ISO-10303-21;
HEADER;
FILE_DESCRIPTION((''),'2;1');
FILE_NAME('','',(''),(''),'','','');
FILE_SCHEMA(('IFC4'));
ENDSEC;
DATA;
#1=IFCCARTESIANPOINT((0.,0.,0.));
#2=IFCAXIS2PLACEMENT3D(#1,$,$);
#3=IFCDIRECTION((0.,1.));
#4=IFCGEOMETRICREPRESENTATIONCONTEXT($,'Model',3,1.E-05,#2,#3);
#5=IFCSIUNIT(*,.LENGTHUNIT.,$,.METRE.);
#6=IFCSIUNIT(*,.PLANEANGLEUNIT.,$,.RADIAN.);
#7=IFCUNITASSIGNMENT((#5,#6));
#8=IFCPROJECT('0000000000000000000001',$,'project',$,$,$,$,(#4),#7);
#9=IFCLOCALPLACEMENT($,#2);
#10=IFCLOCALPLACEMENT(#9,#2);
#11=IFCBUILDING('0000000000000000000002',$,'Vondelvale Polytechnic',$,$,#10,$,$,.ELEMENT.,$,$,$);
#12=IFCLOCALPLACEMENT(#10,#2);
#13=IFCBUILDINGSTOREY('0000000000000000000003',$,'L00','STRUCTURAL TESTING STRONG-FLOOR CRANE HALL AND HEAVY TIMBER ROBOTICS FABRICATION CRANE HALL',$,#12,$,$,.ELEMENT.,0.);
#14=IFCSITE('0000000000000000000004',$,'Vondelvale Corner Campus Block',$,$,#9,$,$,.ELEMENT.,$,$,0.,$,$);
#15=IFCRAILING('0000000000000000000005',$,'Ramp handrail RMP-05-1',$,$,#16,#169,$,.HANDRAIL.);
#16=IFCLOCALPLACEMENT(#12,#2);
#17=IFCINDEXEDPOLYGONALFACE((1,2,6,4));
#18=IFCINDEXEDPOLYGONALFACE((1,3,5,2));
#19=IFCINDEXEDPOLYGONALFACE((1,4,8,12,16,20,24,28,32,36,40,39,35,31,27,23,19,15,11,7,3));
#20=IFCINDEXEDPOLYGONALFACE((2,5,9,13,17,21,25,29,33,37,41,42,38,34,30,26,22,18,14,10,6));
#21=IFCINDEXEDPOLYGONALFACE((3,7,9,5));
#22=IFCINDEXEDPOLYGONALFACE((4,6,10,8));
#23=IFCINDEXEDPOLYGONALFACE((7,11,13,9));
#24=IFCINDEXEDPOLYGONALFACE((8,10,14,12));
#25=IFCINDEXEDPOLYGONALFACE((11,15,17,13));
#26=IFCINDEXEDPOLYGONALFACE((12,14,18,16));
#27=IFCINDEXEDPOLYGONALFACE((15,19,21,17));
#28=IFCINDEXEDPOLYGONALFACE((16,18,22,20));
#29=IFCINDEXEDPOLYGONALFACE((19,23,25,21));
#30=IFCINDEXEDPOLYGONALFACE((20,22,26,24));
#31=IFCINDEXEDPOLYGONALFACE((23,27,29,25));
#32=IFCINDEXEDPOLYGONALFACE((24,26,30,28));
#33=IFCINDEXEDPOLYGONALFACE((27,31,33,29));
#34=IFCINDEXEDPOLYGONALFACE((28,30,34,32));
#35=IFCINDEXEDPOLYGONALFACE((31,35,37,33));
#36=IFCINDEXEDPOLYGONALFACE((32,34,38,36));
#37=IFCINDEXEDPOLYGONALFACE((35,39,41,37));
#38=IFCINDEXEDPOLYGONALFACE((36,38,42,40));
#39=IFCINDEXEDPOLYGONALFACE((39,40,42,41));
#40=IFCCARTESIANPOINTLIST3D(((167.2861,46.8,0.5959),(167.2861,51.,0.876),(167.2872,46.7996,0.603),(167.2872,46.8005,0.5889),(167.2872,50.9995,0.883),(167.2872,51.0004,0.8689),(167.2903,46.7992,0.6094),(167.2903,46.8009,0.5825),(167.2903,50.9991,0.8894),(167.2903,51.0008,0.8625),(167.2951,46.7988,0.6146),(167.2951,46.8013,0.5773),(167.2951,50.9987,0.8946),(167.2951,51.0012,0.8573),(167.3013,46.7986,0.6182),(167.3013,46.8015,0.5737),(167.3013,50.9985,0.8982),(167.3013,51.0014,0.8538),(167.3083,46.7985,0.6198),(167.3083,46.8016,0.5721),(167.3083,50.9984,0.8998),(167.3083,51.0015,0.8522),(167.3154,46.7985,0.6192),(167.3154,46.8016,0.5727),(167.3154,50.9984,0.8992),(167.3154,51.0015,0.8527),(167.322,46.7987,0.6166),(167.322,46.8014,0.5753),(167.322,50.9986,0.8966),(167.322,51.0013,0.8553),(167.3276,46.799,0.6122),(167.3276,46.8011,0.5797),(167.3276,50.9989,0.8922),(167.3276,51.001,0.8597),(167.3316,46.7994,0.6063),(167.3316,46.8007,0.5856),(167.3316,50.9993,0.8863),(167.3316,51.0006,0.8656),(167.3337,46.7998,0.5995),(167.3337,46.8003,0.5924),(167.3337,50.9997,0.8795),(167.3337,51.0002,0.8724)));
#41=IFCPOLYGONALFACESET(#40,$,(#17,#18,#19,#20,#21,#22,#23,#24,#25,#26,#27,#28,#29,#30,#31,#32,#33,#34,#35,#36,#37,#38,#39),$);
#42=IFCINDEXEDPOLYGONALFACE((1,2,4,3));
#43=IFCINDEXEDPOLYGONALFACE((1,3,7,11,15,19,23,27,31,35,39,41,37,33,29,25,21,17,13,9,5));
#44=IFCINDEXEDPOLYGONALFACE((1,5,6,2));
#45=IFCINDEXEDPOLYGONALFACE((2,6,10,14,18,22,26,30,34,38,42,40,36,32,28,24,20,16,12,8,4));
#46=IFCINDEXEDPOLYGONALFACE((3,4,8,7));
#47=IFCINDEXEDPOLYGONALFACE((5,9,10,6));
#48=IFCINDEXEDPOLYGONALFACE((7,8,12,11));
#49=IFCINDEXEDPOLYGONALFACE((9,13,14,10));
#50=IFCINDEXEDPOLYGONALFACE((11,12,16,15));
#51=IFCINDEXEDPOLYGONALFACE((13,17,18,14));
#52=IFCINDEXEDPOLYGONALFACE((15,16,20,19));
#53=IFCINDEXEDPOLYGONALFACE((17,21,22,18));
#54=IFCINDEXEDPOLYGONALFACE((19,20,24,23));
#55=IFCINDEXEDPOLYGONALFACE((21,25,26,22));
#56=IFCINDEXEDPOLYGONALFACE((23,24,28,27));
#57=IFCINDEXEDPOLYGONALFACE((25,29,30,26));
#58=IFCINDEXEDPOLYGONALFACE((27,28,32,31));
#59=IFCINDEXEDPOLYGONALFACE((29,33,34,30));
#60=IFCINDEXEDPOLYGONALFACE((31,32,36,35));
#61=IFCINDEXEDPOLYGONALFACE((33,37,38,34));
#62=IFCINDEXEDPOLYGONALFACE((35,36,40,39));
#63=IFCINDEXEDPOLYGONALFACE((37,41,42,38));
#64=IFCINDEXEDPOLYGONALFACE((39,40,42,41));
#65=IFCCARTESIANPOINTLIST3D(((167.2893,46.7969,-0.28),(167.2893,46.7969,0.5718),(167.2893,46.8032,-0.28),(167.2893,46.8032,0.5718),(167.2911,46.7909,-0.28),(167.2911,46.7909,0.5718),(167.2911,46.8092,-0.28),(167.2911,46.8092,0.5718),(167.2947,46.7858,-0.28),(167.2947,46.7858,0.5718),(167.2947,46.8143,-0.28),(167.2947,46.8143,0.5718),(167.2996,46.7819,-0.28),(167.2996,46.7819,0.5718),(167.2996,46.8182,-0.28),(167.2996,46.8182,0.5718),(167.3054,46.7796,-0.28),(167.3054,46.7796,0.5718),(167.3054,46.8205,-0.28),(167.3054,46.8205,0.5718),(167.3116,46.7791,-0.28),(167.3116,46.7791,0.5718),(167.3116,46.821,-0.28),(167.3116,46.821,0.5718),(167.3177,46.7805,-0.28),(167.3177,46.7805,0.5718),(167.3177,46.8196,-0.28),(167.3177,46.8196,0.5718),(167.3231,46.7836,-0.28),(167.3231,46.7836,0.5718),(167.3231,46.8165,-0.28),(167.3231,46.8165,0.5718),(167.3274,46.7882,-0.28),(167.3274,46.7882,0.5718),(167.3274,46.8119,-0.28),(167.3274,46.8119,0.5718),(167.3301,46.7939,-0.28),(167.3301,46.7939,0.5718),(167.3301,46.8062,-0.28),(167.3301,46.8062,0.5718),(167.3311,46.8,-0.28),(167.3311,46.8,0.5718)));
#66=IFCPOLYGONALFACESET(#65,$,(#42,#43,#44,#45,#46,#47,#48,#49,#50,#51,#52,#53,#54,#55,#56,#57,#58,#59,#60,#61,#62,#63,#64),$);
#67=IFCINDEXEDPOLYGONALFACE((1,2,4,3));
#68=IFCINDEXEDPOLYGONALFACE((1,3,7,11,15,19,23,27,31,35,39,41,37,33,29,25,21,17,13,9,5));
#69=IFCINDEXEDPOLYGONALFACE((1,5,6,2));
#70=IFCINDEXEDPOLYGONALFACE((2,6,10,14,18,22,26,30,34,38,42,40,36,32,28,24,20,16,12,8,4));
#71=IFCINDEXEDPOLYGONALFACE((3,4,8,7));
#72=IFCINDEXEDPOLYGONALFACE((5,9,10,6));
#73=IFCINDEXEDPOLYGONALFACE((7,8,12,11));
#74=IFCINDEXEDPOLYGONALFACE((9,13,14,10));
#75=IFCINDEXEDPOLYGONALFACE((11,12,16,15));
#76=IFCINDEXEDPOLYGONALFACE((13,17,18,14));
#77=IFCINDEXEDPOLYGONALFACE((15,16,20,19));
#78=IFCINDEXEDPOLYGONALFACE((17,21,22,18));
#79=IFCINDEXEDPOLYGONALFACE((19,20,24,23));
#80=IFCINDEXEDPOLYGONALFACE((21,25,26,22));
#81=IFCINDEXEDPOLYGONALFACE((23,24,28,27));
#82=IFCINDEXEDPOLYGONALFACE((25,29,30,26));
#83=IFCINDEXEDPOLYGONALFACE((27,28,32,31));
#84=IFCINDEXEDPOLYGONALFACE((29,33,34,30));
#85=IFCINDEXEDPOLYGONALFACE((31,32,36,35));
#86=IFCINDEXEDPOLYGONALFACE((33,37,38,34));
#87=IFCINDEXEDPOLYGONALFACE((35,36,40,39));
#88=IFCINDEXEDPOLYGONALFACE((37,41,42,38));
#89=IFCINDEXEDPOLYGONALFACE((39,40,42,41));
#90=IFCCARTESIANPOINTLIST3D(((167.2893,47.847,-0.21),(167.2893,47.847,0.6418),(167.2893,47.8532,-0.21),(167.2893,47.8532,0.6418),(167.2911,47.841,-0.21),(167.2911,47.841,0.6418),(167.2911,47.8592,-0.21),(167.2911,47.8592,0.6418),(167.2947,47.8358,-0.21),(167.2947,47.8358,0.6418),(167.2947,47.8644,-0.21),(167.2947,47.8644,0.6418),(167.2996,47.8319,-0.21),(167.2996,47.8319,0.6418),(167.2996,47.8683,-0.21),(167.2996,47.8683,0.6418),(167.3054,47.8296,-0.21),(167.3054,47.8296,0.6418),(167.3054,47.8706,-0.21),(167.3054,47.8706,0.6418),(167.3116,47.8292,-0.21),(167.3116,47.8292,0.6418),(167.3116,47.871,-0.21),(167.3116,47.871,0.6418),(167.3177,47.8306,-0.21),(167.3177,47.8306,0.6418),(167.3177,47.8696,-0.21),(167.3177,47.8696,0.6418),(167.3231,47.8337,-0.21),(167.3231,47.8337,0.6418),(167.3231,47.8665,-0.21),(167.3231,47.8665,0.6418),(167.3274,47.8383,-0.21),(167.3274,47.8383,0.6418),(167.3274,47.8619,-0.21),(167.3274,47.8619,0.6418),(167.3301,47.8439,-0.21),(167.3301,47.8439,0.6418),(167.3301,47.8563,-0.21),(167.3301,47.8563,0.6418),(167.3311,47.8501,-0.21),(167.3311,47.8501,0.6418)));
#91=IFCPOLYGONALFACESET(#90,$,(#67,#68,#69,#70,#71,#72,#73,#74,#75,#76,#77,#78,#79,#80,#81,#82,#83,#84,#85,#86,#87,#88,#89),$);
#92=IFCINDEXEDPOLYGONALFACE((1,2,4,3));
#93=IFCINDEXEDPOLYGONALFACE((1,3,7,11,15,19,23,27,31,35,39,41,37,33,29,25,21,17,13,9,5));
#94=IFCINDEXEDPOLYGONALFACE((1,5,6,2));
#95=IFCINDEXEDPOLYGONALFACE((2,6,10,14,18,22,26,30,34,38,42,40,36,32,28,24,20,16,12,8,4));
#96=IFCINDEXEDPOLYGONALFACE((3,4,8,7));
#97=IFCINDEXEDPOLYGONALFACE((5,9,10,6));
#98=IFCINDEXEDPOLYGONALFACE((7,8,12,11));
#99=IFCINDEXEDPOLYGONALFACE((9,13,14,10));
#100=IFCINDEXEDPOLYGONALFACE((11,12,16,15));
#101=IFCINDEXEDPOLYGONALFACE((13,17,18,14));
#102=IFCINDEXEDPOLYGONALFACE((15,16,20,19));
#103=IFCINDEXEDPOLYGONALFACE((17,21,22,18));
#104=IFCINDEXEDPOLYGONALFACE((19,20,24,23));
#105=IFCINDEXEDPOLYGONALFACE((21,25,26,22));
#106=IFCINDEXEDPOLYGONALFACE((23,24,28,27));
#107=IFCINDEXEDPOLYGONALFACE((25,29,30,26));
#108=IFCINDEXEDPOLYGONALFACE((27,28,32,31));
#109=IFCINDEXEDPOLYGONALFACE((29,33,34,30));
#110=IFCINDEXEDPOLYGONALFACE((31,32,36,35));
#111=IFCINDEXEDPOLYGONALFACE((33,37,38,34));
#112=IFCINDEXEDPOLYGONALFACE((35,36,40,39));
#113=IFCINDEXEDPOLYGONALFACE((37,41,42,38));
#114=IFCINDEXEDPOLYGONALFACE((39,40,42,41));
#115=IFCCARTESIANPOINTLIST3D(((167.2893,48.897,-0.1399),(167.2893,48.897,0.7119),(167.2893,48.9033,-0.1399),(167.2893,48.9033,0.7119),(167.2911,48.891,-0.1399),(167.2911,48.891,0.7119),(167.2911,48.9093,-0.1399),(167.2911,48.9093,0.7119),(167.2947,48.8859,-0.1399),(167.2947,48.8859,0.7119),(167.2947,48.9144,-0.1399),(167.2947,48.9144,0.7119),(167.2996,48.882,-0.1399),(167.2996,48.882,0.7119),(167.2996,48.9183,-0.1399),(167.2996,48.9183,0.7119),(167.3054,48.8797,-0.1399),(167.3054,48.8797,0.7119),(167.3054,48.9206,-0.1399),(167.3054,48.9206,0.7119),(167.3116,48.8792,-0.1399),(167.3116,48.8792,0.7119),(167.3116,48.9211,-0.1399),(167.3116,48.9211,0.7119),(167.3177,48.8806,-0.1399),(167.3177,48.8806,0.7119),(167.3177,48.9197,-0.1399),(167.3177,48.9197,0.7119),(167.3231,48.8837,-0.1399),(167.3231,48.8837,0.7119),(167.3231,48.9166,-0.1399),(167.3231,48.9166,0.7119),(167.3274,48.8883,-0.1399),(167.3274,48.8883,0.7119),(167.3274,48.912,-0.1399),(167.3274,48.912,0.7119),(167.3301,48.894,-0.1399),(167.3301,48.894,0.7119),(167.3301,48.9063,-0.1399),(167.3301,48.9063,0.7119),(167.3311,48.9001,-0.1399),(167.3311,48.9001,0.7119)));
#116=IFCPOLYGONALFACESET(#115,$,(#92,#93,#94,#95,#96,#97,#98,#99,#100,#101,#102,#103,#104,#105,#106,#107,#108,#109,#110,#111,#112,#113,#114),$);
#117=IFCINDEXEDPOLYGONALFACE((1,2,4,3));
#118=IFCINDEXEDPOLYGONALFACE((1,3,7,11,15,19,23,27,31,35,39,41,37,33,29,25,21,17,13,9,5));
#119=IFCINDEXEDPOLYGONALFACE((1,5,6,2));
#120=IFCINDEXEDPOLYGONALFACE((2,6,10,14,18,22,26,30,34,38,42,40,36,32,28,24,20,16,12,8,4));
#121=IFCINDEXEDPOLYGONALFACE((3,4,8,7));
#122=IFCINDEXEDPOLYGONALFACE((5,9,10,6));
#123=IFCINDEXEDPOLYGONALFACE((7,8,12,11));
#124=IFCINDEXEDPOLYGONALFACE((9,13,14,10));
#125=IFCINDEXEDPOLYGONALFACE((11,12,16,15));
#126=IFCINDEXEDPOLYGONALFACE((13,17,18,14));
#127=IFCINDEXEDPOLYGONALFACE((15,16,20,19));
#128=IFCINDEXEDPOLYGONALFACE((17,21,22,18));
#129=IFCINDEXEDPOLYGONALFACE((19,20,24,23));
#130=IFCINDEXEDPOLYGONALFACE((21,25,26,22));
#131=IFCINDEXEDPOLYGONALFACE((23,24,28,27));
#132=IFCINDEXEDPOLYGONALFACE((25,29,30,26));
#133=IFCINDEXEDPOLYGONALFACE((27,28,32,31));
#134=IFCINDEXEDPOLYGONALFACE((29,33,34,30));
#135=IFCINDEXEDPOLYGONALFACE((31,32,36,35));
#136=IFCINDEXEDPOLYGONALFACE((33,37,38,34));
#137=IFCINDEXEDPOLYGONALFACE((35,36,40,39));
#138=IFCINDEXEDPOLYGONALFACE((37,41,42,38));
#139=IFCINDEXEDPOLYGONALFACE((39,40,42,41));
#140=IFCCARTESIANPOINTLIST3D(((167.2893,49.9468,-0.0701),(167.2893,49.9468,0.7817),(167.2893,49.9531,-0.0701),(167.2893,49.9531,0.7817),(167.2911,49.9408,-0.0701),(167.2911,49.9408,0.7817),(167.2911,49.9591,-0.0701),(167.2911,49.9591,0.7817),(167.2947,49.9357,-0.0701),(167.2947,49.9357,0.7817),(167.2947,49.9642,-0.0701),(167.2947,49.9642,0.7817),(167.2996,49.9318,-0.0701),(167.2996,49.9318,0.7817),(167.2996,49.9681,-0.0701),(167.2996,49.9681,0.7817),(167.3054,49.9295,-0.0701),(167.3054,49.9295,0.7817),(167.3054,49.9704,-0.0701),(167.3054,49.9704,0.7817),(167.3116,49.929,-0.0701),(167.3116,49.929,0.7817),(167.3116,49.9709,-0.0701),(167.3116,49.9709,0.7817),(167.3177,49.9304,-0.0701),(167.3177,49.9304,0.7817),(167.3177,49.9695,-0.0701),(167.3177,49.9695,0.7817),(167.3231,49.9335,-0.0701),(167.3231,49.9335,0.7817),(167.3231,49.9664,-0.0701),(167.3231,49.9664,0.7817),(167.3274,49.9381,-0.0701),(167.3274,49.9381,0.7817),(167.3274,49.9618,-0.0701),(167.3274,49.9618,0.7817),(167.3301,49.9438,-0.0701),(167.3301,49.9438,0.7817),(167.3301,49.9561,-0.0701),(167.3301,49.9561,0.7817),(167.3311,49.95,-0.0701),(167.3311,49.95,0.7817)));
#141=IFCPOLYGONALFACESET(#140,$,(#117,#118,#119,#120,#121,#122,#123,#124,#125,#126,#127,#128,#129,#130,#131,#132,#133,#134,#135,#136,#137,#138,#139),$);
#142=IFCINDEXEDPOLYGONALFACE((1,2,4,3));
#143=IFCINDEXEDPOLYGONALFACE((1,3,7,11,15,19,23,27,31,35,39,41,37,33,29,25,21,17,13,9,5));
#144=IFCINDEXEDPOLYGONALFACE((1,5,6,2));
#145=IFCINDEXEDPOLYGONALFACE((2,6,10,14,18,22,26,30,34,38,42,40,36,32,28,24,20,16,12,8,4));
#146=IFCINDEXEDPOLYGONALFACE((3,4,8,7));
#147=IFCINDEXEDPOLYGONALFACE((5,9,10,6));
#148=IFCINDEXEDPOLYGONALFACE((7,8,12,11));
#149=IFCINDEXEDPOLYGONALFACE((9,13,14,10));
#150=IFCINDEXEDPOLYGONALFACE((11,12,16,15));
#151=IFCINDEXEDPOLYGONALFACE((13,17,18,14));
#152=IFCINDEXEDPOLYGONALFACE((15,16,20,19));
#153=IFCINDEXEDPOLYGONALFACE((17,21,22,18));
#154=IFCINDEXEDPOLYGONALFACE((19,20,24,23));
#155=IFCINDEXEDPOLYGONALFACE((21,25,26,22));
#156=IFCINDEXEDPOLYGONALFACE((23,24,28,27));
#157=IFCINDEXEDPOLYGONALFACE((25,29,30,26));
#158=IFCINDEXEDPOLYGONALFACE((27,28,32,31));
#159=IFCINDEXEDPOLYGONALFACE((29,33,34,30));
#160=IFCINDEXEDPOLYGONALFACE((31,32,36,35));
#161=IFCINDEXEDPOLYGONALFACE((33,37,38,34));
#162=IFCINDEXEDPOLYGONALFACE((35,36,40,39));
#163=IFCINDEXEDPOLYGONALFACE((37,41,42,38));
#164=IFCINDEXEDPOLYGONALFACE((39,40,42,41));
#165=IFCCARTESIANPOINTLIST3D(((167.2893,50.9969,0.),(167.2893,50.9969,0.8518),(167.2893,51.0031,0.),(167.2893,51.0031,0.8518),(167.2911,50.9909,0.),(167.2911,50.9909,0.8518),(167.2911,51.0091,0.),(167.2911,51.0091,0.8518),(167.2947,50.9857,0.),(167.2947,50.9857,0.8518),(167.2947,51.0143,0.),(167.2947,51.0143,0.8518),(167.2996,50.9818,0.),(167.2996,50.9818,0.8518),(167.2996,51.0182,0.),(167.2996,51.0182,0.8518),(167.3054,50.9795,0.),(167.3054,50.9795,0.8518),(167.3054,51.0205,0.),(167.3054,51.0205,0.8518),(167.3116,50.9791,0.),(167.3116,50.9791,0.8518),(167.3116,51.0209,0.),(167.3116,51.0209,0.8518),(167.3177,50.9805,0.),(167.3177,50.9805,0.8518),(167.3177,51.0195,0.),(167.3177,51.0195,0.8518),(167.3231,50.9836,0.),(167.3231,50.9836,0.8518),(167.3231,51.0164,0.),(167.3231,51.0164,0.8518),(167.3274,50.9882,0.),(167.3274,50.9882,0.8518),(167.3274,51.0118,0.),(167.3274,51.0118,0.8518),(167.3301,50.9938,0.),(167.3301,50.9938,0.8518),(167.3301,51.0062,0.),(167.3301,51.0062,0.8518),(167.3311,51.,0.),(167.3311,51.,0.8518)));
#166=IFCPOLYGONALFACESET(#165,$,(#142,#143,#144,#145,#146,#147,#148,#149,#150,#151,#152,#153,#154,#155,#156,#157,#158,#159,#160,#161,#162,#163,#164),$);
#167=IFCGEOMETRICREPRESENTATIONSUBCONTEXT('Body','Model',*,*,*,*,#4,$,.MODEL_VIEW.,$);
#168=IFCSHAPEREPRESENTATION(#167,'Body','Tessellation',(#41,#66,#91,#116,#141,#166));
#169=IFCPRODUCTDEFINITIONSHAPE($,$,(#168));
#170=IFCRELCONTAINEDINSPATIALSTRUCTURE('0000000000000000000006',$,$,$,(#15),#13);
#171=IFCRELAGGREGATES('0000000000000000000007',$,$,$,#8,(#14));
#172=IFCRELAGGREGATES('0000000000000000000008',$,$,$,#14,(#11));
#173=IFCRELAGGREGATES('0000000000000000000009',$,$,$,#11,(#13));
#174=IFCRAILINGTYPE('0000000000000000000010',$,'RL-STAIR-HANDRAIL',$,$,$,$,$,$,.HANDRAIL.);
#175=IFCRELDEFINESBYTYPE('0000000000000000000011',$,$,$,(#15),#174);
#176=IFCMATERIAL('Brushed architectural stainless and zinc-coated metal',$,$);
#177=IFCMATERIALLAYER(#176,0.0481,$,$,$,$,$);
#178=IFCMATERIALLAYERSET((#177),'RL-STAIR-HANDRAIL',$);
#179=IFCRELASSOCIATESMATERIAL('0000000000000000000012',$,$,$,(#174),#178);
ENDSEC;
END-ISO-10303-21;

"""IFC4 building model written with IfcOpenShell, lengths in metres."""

from ifc_helpers import new_model, si_unit, direction, frame, origin, origin_2d, place, context, subcontext, project, spatial, circle, extrude, material, layer, layer_set, type_object, element, save


model = new_model("IFC4")

# Units and contexts
model_context = context("Model", 3, precision=1e-05, world=origin(), true_north=direction((0.0, 1.0)))
body_context = subcontext(model_context, "Body", "Model", "MODEL_VIEW")
ifc_project = project(units=[si_unit("LENGTHUNIT", "METRE"), si_unit("PLANEANGLEUNIT", "RADIAN")], contexts=[model_context])

# Site, building, storey
site_placement = place(None, origin())
site = spatial("IfcSite", under=ifc_project, at=site_placement, Name="Vondelvale Corner Campus Block", CompositionType="ELEMENT", RefElevation=0.0)
building_placement = place(site_placement, origin())
building = spatial("IfcBuilding", under=site, at=building_placement, Name="Vondelvale Polytechnic", CompositionType="ELEMENT")
storey_placement = place(building_placement, origin())
storey = spatial("IfcBuildingStorey", under=building, at=storey_placement, Name="L00", Description="STRUCTURAL TESTING STRONG-FLOOR CRANE HALL AND HEAVY TIMBER ROBOTICS FABRICATION CRANE HALL", CompositionType="ELEMENT", Elevation=0.0)

# Railing
ifc_material_1 = material(Name="Brushed architectural stainless and zinc-coated metal")
ifc_layer_1 = layer(ifc_material_1, 0.0481)
ifc_layer_set_1 = layer_set([ifc_layer_1], Name="RL-STAIR-HANDRAIL")
railing_type = type_object("IfcRailingType", Name="RL-STAIR-HANDRAIL", PredefinedType="HANDRAIL", material=ifc_layer_set_1)
for number, where, name in (
    (1, (167.3101, 46.8, -0.28), "Ramp handrail RMP-05-1"),
):
    element("IfcRailing", number, at=place(storey_placement, frame(where)), inside=storey, type_object=railing_type, Name=name, PredefinedType="HANDRAIL", context=body_context, shape_type="SweptSolid", body=[
        extrude(circle(Radius=0.0239, at=origin_2d()), frame((0.0, 0.0, 0.876), z_axis=(0.0, 0.997785, 0.066527), x_axis=(-1.0, 0.0, 0.0)), (0.0, 0.0, 1.0), 4.2092),
        extrude(circle(Radius=0.021, at=origin_2d()), origin(), (0.0, 0.0, 1.0), 0.8518),
        extrude(circle(Radius=0.021, at=origin_2d()), frame((0.0, 1.05, 0.0701)), (0.0, 0.0, 1.0), 0.8518),
        extrude(circle(Radius=0.021, at=origin_2d()), frame((0.0, 2.1001, 0.1401)), (0.0, 0.0, 1.0), 0.8518),
        extrude(circle(Radius=0.021, at=origin_2d()), frame((0.0, 3.1499, 0.21)), (0.0, 0.0, 1.0), 0.8518),
        extrude(circle(Radius=0.021, at=origin_2d()), frame((0.0, 4.2, 0.28)), (0.0, 0.0, 1.0), 0.8518),
    ])

save(model, "model.ifc")
